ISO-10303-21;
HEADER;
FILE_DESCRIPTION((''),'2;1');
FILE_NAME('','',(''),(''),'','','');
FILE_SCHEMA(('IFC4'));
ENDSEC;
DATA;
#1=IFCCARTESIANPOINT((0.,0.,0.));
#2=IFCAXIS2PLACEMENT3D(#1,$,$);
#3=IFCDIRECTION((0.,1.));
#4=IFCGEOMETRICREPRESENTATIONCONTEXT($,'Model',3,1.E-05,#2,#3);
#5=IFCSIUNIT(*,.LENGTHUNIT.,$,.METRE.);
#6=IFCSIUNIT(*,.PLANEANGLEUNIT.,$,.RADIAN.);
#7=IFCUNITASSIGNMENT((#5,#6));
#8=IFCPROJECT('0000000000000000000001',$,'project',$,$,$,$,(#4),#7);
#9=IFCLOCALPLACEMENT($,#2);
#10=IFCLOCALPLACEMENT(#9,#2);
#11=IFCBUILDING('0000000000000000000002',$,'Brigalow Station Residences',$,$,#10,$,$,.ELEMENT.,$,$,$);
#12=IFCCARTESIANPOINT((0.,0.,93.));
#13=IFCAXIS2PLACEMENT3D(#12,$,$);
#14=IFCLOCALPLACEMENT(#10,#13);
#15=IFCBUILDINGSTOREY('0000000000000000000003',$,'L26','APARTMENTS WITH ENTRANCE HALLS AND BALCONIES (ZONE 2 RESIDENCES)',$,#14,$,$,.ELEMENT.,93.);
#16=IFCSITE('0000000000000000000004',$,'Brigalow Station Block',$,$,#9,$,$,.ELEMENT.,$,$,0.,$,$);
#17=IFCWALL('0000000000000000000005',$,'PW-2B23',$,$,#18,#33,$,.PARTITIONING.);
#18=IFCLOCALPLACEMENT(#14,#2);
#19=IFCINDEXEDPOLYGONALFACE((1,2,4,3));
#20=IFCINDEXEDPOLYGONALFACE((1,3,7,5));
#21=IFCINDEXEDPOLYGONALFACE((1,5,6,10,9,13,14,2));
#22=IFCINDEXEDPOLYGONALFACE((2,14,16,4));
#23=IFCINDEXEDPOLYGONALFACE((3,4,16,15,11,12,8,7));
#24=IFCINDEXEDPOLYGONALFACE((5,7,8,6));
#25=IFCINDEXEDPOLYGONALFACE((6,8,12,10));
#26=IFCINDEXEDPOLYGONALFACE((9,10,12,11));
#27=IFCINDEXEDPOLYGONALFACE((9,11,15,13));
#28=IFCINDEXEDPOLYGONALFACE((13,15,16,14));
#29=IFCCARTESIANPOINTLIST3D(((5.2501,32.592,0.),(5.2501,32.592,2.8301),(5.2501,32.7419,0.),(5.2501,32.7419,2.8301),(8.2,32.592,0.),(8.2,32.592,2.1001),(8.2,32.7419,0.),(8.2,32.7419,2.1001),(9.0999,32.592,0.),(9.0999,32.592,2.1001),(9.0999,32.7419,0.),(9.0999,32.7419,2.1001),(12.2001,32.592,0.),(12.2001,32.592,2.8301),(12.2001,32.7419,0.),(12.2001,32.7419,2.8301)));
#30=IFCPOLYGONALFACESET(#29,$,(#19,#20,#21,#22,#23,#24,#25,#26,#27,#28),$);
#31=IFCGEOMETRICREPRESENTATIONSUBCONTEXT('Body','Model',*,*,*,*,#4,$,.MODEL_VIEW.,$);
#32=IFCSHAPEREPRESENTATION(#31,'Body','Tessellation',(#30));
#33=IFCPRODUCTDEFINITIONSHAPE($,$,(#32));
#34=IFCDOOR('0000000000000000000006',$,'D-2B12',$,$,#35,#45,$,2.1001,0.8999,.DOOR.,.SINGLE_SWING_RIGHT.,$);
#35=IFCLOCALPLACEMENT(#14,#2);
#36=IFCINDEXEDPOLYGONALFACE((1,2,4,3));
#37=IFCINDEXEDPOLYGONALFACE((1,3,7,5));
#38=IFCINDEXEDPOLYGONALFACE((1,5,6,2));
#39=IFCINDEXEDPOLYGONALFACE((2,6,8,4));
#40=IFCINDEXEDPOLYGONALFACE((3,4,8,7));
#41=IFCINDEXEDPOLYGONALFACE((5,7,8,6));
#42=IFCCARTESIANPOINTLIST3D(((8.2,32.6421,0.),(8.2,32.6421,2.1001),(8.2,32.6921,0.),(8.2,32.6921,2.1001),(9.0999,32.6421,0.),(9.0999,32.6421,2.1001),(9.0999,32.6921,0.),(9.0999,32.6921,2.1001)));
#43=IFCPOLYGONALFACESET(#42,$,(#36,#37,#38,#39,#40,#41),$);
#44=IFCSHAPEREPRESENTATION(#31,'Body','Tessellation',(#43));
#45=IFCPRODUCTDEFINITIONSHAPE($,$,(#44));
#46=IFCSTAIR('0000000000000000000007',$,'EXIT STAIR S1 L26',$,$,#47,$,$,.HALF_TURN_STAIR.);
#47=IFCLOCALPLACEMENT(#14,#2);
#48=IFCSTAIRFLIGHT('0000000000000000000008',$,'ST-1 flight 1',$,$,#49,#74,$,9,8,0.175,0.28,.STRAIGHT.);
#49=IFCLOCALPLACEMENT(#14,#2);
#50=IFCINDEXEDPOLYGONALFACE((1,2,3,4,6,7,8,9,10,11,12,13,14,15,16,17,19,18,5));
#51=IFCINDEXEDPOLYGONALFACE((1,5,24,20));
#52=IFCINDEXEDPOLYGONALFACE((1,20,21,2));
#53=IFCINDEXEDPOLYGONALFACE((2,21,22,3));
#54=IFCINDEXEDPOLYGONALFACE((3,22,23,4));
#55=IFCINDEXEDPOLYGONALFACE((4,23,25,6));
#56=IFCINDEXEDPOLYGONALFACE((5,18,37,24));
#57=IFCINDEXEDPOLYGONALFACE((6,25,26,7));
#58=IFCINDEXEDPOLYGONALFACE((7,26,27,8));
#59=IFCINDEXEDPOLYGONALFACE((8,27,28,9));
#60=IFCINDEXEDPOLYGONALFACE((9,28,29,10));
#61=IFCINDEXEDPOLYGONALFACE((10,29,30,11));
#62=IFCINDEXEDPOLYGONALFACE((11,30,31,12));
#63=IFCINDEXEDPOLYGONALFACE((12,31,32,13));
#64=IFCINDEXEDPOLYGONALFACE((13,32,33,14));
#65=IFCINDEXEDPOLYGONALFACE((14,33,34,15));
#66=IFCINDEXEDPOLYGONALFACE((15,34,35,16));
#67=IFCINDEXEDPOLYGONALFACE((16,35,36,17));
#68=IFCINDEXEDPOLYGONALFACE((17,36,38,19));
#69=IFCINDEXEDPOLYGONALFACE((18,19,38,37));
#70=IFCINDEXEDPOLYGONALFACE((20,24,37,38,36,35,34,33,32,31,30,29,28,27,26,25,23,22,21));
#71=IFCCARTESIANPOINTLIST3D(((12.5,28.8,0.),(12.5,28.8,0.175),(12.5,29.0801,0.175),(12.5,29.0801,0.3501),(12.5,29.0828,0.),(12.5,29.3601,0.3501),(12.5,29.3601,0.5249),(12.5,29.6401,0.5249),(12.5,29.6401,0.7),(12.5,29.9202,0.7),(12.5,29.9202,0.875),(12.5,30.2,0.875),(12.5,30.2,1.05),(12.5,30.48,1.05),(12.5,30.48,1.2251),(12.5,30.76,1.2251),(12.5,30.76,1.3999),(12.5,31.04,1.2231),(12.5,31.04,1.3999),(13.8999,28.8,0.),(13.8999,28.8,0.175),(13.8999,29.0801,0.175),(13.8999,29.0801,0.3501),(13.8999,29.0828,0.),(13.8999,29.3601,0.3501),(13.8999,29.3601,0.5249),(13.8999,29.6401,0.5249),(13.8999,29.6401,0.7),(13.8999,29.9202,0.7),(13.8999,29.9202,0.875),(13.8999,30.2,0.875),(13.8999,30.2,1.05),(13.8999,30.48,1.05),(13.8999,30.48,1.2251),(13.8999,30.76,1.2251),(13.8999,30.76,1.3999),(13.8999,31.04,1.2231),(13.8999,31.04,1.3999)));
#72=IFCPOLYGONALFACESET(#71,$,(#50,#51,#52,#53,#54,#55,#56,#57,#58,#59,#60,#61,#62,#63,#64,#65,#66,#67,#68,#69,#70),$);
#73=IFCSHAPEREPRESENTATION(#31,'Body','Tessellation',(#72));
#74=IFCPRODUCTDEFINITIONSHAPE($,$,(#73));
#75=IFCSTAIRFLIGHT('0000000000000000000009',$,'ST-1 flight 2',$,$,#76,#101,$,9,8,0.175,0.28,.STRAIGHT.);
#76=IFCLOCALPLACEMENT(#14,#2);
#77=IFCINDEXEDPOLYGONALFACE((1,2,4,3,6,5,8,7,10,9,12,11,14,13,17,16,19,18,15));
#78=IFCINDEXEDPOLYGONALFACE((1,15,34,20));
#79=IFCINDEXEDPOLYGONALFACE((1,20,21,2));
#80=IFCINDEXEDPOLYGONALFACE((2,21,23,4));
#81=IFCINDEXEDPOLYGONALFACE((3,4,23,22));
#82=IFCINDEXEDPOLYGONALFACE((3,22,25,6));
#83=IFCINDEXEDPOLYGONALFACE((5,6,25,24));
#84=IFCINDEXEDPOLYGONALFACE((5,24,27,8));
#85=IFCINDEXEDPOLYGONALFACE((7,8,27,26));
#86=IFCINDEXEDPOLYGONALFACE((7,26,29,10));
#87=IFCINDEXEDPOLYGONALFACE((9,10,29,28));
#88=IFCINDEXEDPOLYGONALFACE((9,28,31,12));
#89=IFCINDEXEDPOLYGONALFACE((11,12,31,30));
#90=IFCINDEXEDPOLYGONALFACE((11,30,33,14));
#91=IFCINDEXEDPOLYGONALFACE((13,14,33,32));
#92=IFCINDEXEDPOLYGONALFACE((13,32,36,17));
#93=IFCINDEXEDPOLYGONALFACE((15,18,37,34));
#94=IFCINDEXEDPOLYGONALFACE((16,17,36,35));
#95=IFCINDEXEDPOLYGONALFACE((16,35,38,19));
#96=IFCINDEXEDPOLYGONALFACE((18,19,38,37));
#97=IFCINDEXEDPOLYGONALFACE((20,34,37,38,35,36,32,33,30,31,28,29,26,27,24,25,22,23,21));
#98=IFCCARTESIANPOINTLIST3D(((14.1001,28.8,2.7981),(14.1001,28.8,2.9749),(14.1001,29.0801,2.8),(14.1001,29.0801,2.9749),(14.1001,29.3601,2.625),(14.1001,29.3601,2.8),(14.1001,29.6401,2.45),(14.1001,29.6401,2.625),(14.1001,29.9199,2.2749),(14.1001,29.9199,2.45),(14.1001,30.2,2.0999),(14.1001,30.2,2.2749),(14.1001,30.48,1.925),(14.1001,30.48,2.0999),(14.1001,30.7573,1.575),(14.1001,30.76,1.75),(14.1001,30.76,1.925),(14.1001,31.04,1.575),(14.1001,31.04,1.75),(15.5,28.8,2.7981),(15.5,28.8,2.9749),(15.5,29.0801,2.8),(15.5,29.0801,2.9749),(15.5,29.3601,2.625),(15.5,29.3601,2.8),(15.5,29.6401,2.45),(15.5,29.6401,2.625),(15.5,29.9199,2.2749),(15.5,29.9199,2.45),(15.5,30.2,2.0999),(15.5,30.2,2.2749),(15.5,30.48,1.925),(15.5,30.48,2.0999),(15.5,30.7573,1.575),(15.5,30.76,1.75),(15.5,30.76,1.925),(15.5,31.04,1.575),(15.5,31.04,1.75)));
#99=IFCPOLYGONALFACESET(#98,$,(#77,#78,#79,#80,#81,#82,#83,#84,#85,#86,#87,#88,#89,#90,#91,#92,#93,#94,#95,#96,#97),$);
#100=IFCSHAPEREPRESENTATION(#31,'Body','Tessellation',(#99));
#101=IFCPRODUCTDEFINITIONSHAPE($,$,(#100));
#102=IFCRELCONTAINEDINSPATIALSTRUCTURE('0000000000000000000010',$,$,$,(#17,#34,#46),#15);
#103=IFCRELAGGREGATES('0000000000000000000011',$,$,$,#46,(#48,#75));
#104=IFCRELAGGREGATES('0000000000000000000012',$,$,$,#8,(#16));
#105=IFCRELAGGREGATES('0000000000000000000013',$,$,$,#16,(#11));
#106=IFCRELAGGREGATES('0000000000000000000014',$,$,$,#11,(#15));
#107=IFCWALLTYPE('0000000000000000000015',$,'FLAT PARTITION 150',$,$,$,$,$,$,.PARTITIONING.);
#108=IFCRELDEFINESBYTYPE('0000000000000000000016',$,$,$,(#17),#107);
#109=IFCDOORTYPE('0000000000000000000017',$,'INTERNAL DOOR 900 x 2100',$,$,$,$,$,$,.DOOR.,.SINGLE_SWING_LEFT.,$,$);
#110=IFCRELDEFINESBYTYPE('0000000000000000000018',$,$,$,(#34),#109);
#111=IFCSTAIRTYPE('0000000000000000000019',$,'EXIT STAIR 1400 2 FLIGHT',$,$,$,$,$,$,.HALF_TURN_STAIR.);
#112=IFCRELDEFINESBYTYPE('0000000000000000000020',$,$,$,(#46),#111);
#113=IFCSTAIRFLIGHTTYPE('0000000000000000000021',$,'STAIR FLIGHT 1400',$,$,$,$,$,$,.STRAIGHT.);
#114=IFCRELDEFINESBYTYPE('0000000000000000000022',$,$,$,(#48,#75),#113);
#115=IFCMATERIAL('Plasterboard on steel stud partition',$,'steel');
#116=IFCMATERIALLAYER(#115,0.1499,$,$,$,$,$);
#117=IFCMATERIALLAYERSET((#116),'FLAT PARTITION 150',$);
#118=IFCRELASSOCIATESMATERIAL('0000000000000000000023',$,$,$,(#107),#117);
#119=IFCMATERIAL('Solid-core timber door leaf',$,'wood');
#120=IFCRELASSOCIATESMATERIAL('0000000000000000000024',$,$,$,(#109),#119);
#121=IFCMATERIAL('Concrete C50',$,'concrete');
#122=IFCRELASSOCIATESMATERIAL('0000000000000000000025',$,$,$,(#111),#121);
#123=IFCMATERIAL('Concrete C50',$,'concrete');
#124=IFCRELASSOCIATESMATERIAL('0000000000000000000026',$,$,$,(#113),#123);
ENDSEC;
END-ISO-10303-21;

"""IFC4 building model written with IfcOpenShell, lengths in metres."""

from ifc_helpers import new_model, si_unit, direction, frame, frame_2d, origin, place, context, subcontext, project, spatial, polyline, rectangle, outline, extrude, material, layer, layer_set, type_object, element, fill, aggregate, save


model = new_model("IFC4")

# Units and contexts
model_context = context("Model", 3, precision=1e-05, world=origin(), true_north=direction((0.0, 1.0)))
body_context = subcontext(model_context, "Body", "Model", "MODEL_VIEW")
ifc_project = project(units=[si_unit("LENGTHUNIT", "METRE"), si_unit("PLANEANGLEUNIT", "RADIAN")], contexts=[model_context])

# Site, building, storey
site_placement = place(None, origin())
site = spatial("IfcSite", under=ifc_project, at=site_placement, Name="Brigalow Station Block", CompositionType="ELEMENT", RefElevation=0.0)
building_placement = place(site_placement, origin())
building = spatial("IfcBuilding", under=site, at=building_placement, Name="Brigalow Station Residences", CompositionType="ELEMENT")
storey_placement = place(building_placement, frame((0.0, 0.0, 93.0)))
storey = spatial("IfcBuildingStorey", under=building, at=storey_placement, Name="L26", Description="APARTMENTS WITH ENTRANCE HALLS AND BALCONIES (ZONE 2 RESIDENCES)", CompositionType="ELEMENT", Elevation=93.0)

# Wall, opening, door
ifc_material_1 = material(Name="Plasterboard on steel stud partition", Category="steel")
ifc_layer_1 = layer(ifc_material_1, 0.1499)
ifc_layer_set_1 = layer_set([ifc_layer_1], Name="FLAT PARTITION 150")
wall_type_1 = type_object("IfcWallType", Name="FLAT PARTITION 150", PredefinedType="PARTITIONING", material=ifc_layer_set_1)
ifc_material_2 = material(Name="Solid-core timber door leaf", Category="wood")
door_type_1 = type_object("IfcDoorType", Name="INTERNAL DOOR 900 x 2100", OperationType="SINGLE_SWING_LEFT", PredefinedType="DOOR", material=ifc_material_2)
wall_1_placement = place(storey_placement, frame((5.25, 32.667, 0.0), z_axis=(0.0, 0.0, 1.0), x_axis=(1.0, 0.0, 0.0)))
wall_1 = element("IfcWall", 1, at=wall_1_placement, inside=storey, type_object=wall_type_1, Name="PW-2B23", PredefinedType="PARTITIONING", context=body_context, shape_type="SweptSolid", body=[
    extrude(rectangle(XDim=6.95, YDim=0.1499, at=frame_2d((3.4751, 0.0))), origin(), (0.0, 0.0, 1.0), 2.8301),
])
opening_1_placement = place(wall_1_placement, frame((2.95, 0.0, 0.0)))
opening_1 = element("IfcOpeningElement", 2, at=opening_1_placement, cuts=wall_1, PredefinedType="OPENING", context=body_context, shape_type="SweptSolid", body=[
    extrude(rectangle(XDim=0.8999, YDim=2.1001, at=frame_2d((0.45, 1.05))), frame((0.0, 0.085, 0.0), z_axis=(0.0, -1.0, 0.0), x_axis=(1.0, 0.0, 0.0)), (0.0, 0.0, 1.0), 0.1699),
])
door_1_placement = place(opening_1_placement, frame((0.8999, 0.0, 0.0), z_axis=(0.0, 0.0, 1.0), x_axis=(-1.0, 0.0, 0.0)))
door_1 = element("IfcDoor", 3, at=door_1_placement, inside=storey, type_object=door_type_1, Name="D-2B12", OperationType="SINGLE_SWING_RIGHT", OverallHeight=2.1001, OverallWidth=0.8999, PredefinedType="DOOR", context=body_context, shape_type="SweptSolid", body=[
    extrude(rectangle(XDim=0.8999, YDim=2.1001, at=frame_2d((0.45, 1.05))), frame((0.0, 0.0249, 0.0), z_axis=(0.0, -1.0, 0.0), x_axis=(1.0, 0.0, 0.0)), (0.0, 0.0, 1.0), 0.05),
])
fill(opening_1, door_1)

# Stair, stair flights
ifc_material_3 = material(Name="Concrete C50", Category="concrete")
stair_type = type_object("IfcStairType", Name="EXIT STAIR 1400 2 FLIGHT", PredefinedType="HALF_TURN_STAIR", material=ifc_material_3)
stair_placement = place(storey_placement, origin())
stair = element("IfcStair", 4, at=stair_placement, inside=storey, type_object=stair_type, Name="EXIT STAIR S1 L26", PredefinedType="HALF_TURN_STAIR")
ifc_material_4 = material(Name="Concrete C50", Category="concrete")
stair_flight_type = type_object("IfcStairFlightType", Name="STAIR FLIGHT 1400", PredefinedType="STRAIGHT", material=ifc_material_4)
stair_flight_1_placement = place(storey_placement, frame((13.2, 28.8, 0.0), z_axis=(0.0, 0.0, 1.0), x_axis=(0.0, 1.0, 0.0)))
stair_flight_1 = element("IfcStairFlight", 5, at=stair_flight_1_placement, type_object=stair_flight_type, Name="ST-1 flight 1", NumberOfRisers=9, NumberOfTreads=8, PredefinedType="STRAIGHT", RiserHeight=0.175, TreadLength=0.28, context=body_context, shape_type="SweptSolid", body=[
    extrude(outline(polyline([(0.0, 0.0), (0.0, 0.175), (0.28, 0.175), (0.28, 0.3501), (0.5601, 0.3501), (0.5601, 0.5249), (0.8401, 0.5249), (0.8401, 0.7), (1.1201, 0.7), (1.1201, 0.875), (1.3999, 0.875), (1.3999, 1.05), (1.6799, 1.05), (1.6799, 1.2251), (1.96, 1.2251), (1.96, 1.3999), (2.24, 1.3999), (2.24, 1.575), (2.24, 1.2231), (0.2827, 0.0), (0.0, 0.0)])), frame((0.0, 0.7, 0.0), z_axis=(0.0, -1.0, 0.0), x_axis=(1.0, 0.0, 0.0)), (0.0, 0.0, 1.0), 1.3999),
])
stair_flight_2_placement = place(storey_placement, frame((14.8, 31.04, 1.575), z_axis=(0.0, 0.0, 1.0), x_axis=(0.0, -1.0, 0.0)))
stair_flight_2 = element("IfcStairFlight", 6, at=stair_flight_2_placement, type_object=stair_flight_type, Name="ST-1 flight 2", NumberOfRisers=9, NumberOfTreads=8, PredefinedType="STRAIGHT", RiserHeight=0.175, TreadLength=0.28, context=body_context, shape_type="SweptSolid", body=[
    extrude(outline(polyline([(0.0, 0.0), (0.0, 0.175), (0.28, 0.175), (0.28, 0.3501), (0.5601, 0.3501), (0.5601, 0.5249), (0.8401, 0.5249), (0.8401, 0.7), (1.1201, 0.7), (1.1201, 0.875), (1.3999, 0.875), (1.3999, 1.05), (1.6799, 1.05), (1.6799, 1.2251), (1.96, 1.2251), (1.96, 1.3999), (2.24, 1.3999), (2.24, 1.575), (2.24, 1.2231), (0.2827, 0.0), (0.0, 0.0)])), frame((0.0, 0.7, 0.0), z_axis=(0.0, -1.0, 0.0), x_axis=(1.0, 0.0, 0.0)), (0.0, 0.0, 1.0), 1.3999),
])
aggregate(stair, [stair_flight_1, stair_flight_2])

save(model, "model.ifc")
